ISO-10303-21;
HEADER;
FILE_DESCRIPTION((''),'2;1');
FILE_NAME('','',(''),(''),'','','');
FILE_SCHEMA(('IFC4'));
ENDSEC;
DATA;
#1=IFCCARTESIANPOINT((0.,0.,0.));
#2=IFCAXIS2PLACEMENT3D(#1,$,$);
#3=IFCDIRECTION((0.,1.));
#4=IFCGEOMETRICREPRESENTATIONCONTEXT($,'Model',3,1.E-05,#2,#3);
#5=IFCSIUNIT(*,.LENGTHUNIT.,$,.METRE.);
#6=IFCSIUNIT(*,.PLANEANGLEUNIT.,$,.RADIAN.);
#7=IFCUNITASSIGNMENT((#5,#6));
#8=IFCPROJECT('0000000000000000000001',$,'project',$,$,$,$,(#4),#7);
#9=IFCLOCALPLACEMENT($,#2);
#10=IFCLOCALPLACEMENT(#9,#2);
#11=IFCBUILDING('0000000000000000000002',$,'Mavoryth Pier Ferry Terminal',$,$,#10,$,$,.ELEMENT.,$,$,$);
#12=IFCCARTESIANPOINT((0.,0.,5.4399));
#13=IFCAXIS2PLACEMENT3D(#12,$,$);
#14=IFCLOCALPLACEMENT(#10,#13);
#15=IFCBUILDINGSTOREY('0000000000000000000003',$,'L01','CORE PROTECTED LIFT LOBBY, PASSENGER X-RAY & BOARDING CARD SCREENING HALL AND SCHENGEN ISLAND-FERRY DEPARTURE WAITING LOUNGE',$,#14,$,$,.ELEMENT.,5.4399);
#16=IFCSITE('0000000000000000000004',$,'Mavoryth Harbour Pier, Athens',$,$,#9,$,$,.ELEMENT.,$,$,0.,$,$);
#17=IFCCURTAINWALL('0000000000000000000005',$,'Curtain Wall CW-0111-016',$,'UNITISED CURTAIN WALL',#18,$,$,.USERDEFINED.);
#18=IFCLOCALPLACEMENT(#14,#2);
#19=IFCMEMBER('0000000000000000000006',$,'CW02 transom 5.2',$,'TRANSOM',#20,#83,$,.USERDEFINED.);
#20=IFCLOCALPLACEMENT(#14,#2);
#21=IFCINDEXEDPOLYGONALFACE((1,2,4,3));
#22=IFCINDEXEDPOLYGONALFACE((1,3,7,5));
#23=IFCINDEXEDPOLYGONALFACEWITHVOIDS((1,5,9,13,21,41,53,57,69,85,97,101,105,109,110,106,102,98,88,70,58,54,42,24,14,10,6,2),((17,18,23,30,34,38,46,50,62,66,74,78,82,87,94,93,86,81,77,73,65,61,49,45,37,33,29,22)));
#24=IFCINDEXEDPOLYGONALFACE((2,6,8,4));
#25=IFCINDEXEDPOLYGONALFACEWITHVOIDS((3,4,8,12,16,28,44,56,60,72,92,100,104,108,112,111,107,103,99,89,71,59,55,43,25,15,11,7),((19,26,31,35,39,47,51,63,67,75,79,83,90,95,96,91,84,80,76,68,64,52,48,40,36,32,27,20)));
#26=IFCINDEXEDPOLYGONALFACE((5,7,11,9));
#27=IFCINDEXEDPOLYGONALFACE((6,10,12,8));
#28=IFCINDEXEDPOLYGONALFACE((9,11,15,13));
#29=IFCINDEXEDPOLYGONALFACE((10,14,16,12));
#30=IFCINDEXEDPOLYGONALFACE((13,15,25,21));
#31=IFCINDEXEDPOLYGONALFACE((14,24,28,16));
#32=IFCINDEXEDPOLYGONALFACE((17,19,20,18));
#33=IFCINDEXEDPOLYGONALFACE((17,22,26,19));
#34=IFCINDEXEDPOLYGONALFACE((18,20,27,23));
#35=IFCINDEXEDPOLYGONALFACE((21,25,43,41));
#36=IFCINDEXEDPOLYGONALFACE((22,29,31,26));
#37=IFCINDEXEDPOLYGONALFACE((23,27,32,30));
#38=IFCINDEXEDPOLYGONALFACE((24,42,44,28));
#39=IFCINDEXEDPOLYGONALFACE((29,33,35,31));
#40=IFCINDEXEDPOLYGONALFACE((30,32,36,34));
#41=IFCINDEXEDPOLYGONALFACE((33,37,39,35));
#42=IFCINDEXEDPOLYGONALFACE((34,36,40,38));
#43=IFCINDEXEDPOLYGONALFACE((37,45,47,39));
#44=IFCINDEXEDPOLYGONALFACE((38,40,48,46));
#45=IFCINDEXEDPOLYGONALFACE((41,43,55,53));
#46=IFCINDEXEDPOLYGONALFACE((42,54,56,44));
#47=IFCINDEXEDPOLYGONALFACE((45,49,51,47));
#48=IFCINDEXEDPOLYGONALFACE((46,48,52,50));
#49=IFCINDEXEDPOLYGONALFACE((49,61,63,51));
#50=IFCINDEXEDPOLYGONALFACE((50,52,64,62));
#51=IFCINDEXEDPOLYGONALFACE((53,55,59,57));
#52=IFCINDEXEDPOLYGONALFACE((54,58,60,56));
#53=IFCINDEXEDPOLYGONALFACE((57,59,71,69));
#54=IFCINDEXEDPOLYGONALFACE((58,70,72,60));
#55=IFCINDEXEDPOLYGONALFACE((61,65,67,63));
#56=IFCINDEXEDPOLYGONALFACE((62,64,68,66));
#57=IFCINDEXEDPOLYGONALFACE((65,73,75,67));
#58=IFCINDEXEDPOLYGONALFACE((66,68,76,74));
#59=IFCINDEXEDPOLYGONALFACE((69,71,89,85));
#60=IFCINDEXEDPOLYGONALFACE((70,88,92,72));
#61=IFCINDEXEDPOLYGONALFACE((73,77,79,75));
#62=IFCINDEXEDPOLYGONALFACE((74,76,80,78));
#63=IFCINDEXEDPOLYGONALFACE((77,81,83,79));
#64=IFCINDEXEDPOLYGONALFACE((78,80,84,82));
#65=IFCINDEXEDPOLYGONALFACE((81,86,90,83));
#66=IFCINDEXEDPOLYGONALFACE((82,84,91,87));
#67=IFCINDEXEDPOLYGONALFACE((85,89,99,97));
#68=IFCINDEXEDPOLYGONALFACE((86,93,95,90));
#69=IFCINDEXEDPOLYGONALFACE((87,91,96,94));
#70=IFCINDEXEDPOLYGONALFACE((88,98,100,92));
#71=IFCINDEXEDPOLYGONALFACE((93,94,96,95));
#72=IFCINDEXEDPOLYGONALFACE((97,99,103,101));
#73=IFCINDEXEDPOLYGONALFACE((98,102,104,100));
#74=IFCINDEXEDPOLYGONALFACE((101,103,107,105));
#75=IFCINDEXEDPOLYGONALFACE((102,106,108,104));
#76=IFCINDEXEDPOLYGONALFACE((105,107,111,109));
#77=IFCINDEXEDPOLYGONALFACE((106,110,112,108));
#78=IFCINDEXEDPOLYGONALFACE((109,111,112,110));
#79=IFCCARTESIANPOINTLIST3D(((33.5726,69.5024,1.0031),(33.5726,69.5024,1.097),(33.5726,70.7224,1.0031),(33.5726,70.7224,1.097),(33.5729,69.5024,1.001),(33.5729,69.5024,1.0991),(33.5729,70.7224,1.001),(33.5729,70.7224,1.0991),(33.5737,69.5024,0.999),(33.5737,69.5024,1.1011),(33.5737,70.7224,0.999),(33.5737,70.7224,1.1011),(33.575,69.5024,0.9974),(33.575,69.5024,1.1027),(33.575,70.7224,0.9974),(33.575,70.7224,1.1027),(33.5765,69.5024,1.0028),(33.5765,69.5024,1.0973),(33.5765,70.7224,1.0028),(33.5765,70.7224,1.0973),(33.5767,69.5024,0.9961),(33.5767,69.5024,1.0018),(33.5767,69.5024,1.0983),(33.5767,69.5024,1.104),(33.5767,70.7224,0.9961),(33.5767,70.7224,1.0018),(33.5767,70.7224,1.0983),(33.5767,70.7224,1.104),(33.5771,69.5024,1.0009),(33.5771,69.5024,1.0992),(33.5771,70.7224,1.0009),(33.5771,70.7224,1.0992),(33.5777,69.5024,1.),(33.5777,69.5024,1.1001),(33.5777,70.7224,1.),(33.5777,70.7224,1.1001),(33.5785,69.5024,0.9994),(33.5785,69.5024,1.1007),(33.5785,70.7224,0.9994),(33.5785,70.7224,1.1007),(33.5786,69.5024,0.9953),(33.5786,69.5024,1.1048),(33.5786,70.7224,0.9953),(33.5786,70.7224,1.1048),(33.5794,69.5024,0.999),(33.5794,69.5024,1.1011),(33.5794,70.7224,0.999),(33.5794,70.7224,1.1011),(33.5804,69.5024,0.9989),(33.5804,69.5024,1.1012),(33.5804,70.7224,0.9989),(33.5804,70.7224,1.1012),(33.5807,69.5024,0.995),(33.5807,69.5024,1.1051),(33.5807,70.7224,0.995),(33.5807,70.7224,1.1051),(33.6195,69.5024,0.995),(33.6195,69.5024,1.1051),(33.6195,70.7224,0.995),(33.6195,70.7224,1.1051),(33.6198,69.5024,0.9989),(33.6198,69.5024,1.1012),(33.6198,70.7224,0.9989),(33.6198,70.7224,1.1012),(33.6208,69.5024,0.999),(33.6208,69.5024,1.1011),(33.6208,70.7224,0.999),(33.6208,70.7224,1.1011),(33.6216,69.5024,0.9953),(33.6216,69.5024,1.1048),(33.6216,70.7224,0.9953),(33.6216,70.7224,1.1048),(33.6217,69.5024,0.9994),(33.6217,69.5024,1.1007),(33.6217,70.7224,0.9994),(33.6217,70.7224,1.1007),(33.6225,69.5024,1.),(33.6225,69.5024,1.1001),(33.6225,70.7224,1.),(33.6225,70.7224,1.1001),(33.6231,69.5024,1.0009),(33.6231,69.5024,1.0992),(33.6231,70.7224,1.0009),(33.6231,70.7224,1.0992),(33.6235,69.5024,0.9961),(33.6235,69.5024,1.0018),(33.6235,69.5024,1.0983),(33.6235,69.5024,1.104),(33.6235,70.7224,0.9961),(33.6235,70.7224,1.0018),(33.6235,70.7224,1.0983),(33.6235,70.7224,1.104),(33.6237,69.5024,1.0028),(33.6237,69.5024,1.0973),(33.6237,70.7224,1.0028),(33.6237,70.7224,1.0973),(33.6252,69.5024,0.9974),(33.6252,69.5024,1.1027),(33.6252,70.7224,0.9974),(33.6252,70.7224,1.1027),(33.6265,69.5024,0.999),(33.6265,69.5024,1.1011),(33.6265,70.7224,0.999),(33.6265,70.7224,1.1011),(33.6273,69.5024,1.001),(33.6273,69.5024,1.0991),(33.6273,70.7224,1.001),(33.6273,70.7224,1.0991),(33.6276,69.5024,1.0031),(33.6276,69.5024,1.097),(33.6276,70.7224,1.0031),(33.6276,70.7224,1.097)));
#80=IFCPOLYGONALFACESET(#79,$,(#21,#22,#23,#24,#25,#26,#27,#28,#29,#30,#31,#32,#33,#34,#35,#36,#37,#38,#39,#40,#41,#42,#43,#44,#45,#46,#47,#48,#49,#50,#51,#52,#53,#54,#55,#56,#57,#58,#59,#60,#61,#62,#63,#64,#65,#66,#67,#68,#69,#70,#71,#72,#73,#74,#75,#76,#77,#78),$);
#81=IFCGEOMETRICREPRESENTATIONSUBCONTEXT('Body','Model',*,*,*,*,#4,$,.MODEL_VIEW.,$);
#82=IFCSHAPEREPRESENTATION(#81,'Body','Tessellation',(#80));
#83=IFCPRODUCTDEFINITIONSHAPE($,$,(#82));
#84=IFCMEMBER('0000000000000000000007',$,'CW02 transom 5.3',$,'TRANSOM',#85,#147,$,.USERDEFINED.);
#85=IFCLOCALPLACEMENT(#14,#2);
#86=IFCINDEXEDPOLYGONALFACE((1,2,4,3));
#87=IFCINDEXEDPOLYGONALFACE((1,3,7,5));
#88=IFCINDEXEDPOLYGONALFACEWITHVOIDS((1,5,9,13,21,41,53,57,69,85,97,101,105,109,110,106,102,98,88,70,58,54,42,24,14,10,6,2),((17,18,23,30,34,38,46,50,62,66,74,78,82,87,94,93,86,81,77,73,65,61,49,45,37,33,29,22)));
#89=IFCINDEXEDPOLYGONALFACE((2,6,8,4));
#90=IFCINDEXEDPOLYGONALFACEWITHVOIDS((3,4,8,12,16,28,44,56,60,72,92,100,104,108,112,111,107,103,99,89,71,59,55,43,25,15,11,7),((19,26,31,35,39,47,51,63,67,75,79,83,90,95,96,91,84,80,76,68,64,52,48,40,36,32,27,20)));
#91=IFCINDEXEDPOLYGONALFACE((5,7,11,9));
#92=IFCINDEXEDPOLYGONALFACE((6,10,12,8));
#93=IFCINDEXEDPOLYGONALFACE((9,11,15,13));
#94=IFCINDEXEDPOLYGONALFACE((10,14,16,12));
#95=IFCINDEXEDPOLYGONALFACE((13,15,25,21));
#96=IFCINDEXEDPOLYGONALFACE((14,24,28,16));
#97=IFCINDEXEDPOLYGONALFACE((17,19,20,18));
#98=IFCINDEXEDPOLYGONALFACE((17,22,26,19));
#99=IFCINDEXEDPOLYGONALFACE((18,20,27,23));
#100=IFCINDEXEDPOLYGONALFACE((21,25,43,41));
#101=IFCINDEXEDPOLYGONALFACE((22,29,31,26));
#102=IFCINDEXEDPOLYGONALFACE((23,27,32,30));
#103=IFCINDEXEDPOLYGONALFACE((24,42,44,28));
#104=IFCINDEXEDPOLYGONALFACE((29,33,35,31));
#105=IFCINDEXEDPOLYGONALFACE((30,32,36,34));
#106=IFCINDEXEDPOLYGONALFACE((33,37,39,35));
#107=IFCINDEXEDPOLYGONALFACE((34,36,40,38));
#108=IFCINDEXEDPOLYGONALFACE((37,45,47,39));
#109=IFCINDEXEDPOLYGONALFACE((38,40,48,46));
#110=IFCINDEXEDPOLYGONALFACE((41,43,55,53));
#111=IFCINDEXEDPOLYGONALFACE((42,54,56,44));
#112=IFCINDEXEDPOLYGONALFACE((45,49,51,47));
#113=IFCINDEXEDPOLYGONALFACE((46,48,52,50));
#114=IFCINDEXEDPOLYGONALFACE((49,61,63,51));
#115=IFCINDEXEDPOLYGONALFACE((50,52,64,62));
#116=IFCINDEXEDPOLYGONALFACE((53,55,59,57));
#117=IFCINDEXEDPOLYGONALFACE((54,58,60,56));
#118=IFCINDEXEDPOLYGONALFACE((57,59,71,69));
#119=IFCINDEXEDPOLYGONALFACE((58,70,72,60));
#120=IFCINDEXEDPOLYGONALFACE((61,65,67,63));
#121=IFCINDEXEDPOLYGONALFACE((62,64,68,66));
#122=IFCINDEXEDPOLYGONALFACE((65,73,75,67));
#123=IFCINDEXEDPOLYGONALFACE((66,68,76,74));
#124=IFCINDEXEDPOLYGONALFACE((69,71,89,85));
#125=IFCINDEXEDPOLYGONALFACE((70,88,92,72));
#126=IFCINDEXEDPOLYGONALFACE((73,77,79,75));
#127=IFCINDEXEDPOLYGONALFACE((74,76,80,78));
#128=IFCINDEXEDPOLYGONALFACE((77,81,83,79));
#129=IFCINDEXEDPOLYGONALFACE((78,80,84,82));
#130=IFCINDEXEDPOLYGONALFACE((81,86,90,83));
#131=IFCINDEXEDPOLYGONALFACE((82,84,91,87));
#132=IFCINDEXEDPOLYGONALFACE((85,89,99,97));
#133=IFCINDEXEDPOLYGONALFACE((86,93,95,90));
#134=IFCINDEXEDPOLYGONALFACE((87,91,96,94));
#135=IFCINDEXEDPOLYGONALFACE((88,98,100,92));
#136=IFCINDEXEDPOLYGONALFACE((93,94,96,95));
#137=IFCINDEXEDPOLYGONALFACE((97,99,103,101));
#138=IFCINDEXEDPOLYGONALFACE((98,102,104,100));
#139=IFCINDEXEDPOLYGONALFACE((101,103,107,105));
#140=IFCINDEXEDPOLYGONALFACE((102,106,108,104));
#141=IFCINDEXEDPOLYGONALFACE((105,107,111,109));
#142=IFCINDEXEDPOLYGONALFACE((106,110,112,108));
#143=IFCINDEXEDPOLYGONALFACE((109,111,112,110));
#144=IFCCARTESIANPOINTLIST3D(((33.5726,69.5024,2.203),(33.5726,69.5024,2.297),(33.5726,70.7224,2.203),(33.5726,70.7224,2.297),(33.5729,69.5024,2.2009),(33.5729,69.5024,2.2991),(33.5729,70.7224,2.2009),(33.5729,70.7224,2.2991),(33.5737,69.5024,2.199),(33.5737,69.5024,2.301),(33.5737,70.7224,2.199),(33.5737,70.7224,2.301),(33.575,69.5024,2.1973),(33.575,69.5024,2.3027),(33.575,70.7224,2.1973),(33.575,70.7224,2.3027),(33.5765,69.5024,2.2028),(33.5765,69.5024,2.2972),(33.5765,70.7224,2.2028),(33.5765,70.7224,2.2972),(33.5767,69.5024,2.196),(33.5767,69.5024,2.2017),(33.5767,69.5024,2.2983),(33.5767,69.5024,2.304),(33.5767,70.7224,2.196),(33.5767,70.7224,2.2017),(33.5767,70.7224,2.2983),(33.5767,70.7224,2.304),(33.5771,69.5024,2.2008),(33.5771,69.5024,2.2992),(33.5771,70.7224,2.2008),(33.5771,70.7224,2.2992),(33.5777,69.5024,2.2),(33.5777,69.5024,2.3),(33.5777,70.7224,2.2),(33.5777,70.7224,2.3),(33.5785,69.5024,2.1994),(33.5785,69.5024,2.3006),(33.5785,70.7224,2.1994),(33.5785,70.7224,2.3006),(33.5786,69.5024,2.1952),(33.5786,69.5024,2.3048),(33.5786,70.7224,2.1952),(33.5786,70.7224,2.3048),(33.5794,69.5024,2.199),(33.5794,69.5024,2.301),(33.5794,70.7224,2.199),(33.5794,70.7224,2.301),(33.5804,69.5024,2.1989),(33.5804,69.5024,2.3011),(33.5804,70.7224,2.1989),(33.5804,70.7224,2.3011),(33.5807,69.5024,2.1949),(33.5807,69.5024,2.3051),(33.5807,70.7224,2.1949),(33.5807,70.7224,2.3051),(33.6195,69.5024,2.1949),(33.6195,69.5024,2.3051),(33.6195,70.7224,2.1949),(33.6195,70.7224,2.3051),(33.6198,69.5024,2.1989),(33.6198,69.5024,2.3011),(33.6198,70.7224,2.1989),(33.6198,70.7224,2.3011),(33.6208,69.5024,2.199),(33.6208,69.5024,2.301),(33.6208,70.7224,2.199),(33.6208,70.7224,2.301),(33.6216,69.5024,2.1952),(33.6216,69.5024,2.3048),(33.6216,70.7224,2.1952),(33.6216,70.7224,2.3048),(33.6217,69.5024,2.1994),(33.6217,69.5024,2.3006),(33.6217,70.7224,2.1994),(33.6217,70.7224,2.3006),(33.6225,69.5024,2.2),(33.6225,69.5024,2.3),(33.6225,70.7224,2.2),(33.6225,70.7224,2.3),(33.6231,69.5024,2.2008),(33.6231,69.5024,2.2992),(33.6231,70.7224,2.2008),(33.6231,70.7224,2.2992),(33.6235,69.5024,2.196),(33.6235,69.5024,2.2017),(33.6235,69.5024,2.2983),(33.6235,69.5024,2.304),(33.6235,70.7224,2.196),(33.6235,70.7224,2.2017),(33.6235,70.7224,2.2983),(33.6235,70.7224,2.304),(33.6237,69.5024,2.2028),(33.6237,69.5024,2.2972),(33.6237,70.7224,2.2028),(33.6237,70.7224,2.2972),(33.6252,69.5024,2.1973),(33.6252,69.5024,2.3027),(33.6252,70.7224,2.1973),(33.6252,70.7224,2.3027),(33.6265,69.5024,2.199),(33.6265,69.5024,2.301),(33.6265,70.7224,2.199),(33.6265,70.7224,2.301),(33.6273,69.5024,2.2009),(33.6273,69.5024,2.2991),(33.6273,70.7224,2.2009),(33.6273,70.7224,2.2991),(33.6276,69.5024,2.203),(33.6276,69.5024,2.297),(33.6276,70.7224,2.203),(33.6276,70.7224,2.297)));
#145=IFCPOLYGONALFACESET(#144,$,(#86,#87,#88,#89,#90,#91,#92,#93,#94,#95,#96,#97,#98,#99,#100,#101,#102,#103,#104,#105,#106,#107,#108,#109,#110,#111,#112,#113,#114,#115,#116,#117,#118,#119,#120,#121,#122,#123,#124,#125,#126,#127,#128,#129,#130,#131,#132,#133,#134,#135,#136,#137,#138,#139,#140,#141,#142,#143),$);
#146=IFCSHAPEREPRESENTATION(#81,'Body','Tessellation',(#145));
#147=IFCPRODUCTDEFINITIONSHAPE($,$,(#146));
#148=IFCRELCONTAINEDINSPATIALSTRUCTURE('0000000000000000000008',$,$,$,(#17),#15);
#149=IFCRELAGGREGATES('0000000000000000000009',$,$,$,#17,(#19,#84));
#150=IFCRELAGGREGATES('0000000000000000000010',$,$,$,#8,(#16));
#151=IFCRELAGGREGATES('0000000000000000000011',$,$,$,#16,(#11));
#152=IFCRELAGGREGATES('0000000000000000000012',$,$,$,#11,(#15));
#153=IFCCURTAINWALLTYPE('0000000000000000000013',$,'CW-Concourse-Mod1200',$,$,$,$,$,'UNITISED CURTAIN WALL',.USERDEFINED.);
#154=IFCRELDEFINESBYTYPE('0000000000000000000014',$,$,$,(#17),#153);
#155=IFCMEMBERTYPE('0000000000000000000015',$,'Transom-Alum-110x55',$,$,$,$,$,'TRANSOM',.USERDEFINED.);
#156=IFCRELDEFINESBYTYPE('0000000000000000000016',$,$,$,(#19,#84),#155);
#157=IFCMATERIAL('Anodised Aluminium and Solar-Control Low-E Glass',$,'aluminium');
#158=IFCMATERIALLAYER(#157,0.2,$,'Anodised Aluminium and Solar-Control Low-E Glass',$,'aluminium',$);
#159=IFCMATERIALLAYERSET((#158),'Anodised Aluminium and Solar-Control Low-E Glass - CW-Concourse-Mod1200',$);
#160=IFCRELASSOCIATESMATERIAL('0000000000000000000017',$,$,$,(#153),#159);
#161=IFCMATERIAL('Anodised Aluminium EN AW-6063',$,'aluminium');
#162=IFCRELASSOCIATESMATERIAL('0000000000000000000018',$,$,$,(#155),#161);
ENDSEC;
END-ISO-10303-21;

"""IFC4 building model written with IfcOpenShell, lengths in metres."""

from ifc_helpers import new_model, si_unit, direction, frame, origin, origin_2d, place, context, subcontext, project, spatial, hollow_rectangle, extrude, material, layer, layer_set, material_profile, profile_set, type_object, element, aggregate, save


model = new_model("IFC4")

# Units and contexts
model_context = context("Model", 3, precision=1e-05, world=origin(), true_north=direction((0.0, 1.0)))
body_context = subcontext(model_context, "Body", "Model", "MODEL_VIEW")
ifc_project = project(units=[si_unit("LENGTHUNIT", "METRE"), si_unit("PLANEANGLEUNIT", "RADIAN")], contexts=[model_context])

# Site, building, storey
site_placement = place(None, origin())
site = spatial("IfcSite", under=ifc_project, at=site_placement, Name="Mavoryth Harbour Pier, Athens", CompositionType="ELEMENT", RefElevation=0.0)
building_placement = place(site_placement, origin())
building = spatial("IfcBuilding", under=site, at=building_placement, Name="Mavoryth Pier Ferry Terminal", CompositionType="ELEMENT")
storey_placement = place(building_placement, frame((0.0, 0.0, 5.4399)))
storey = spatial("IfcBuildingStorey", under=building, at=storey_placement, Name="L01", Description="CORE PROTECTED LIFT LOBBY, PASSENGER X-RAY & BOARDING CARD SCREENING HALL AND SCHENGEN ISLAND-FERRY DEPARTURE WAITING LOUNGE", CompositionType="ELEMENT", Elevation=5.4399)

# Curtain wall
ifc_material_1 = material(Name="Anodised Aluminium and Solar-Control Low-E Glass", Category="aluminium")
ifc_layer_1 = layer(ifc_material_1, 0.2, Name="Anodised Aluminium and Solar-Control Low-E Glass", Category="aluminium")
ifc_layer_set_1 = layer_set([ifc_layer_1], Name="Anodised Aluminium and Solar-Control Low-E Glass - CW-Concourse-Mod1200")
curtain_wall_type = type_object("IfcCurtainWallType", Name="CW-Concourse-Mod1200", ElementType="UNITISED CURTAIN WALL", PredefinedType="USERDEFINED", material=ifc_layer_set_1)
curtain_wall_1_placement = place(storey_placement, origin())
curtain_wall_1 = element("IfcCurtainWall", 1, at=curtain_wall_1_placement, inside=storey, type_object=curtain_wall_type, Name="Curtain Wall CW-0111-016", ObjectType="UNITISED CURTAIN WALL", PredefinedType="USERDEFINED")
ifc_material_2 = material(Name="Anodised Aluminium EN AW-6063", Category="aluminium")

# Members
ifc_material_profile_1 = material_profile(ifc_material_2, hollow_rectangle(XDim=0.0549, YDim=0.1101, WallThickness=0.0039, InnerFilletRadius=0.0039, OuterFilletRadius=0.0081, at=origin_2d()), Name="AL-TRAN 110x55x4", Category="aluminium")
ifc_profile_set_1 = profile_set([ifc_material_profile_1], Name="Anodised Aluminium EN AW-6063 - AL-TRAN 110x55x4")
member_type_1 = type_object("IfcMemberType", Name="Transom-Alum-110x55", ElementType="TRANSOM", PredefinedType="USERDEFINED", material=ifc_profile_set_1)
member_1_placement = place(storey_placement, frame((33.6001, 69.5024, 1.05), z_axis=(0.0, 1.0, 0.0), x_axis=(-1.0, 0.0, 0.0)))
member_1 = element("IfcMember", 2, at=member_1_placement, type_object=member_type_1, Name="CW02 transom 5.2", ObjectType="TRANSOM", PredefinedType="USERDEFINED", context=body_context, shape_type="SweptSolid", body=[
    extrude(hollow_rectangle(XDim=0.0549, YDim=0.1101, WallThickness=0.0039, InnerFilletRadius=0.0039, OuterFilletRadius=0.0081, at=origin_2d()), origin(), (0.0, 0.0, 1.0), 1.22),
])
member_2_placement = place(storey_placement, frame((33.6001, 69.5024, 2.25), z_axis=(0.0, 1.0, 0.0), x_axis=(-1.0, 0.0, 0.0)))
member_2 = element("IfcMember", 3, at=member_2_placement, type_object=member_type_1, Name="CW02 transom 5.3", ObjectType="TRANSOM", PredefinedType="USERDEFINED", context=body_context, shape_type="SweptSolid", body=[
    extrude(hollow_rectangle(XDim=0.0549, YDim=0.1101, WallThickness=0.0039, InnerFilletRadius=0.0039, OuterFilletRadius=0.0081, at=origin_2d()), origin(), (0.0, 0.0, 1.0), 1.22),
])

aggregate(curtain_wall_1, [member_1, member_2])

save(model, "model.ifc")
